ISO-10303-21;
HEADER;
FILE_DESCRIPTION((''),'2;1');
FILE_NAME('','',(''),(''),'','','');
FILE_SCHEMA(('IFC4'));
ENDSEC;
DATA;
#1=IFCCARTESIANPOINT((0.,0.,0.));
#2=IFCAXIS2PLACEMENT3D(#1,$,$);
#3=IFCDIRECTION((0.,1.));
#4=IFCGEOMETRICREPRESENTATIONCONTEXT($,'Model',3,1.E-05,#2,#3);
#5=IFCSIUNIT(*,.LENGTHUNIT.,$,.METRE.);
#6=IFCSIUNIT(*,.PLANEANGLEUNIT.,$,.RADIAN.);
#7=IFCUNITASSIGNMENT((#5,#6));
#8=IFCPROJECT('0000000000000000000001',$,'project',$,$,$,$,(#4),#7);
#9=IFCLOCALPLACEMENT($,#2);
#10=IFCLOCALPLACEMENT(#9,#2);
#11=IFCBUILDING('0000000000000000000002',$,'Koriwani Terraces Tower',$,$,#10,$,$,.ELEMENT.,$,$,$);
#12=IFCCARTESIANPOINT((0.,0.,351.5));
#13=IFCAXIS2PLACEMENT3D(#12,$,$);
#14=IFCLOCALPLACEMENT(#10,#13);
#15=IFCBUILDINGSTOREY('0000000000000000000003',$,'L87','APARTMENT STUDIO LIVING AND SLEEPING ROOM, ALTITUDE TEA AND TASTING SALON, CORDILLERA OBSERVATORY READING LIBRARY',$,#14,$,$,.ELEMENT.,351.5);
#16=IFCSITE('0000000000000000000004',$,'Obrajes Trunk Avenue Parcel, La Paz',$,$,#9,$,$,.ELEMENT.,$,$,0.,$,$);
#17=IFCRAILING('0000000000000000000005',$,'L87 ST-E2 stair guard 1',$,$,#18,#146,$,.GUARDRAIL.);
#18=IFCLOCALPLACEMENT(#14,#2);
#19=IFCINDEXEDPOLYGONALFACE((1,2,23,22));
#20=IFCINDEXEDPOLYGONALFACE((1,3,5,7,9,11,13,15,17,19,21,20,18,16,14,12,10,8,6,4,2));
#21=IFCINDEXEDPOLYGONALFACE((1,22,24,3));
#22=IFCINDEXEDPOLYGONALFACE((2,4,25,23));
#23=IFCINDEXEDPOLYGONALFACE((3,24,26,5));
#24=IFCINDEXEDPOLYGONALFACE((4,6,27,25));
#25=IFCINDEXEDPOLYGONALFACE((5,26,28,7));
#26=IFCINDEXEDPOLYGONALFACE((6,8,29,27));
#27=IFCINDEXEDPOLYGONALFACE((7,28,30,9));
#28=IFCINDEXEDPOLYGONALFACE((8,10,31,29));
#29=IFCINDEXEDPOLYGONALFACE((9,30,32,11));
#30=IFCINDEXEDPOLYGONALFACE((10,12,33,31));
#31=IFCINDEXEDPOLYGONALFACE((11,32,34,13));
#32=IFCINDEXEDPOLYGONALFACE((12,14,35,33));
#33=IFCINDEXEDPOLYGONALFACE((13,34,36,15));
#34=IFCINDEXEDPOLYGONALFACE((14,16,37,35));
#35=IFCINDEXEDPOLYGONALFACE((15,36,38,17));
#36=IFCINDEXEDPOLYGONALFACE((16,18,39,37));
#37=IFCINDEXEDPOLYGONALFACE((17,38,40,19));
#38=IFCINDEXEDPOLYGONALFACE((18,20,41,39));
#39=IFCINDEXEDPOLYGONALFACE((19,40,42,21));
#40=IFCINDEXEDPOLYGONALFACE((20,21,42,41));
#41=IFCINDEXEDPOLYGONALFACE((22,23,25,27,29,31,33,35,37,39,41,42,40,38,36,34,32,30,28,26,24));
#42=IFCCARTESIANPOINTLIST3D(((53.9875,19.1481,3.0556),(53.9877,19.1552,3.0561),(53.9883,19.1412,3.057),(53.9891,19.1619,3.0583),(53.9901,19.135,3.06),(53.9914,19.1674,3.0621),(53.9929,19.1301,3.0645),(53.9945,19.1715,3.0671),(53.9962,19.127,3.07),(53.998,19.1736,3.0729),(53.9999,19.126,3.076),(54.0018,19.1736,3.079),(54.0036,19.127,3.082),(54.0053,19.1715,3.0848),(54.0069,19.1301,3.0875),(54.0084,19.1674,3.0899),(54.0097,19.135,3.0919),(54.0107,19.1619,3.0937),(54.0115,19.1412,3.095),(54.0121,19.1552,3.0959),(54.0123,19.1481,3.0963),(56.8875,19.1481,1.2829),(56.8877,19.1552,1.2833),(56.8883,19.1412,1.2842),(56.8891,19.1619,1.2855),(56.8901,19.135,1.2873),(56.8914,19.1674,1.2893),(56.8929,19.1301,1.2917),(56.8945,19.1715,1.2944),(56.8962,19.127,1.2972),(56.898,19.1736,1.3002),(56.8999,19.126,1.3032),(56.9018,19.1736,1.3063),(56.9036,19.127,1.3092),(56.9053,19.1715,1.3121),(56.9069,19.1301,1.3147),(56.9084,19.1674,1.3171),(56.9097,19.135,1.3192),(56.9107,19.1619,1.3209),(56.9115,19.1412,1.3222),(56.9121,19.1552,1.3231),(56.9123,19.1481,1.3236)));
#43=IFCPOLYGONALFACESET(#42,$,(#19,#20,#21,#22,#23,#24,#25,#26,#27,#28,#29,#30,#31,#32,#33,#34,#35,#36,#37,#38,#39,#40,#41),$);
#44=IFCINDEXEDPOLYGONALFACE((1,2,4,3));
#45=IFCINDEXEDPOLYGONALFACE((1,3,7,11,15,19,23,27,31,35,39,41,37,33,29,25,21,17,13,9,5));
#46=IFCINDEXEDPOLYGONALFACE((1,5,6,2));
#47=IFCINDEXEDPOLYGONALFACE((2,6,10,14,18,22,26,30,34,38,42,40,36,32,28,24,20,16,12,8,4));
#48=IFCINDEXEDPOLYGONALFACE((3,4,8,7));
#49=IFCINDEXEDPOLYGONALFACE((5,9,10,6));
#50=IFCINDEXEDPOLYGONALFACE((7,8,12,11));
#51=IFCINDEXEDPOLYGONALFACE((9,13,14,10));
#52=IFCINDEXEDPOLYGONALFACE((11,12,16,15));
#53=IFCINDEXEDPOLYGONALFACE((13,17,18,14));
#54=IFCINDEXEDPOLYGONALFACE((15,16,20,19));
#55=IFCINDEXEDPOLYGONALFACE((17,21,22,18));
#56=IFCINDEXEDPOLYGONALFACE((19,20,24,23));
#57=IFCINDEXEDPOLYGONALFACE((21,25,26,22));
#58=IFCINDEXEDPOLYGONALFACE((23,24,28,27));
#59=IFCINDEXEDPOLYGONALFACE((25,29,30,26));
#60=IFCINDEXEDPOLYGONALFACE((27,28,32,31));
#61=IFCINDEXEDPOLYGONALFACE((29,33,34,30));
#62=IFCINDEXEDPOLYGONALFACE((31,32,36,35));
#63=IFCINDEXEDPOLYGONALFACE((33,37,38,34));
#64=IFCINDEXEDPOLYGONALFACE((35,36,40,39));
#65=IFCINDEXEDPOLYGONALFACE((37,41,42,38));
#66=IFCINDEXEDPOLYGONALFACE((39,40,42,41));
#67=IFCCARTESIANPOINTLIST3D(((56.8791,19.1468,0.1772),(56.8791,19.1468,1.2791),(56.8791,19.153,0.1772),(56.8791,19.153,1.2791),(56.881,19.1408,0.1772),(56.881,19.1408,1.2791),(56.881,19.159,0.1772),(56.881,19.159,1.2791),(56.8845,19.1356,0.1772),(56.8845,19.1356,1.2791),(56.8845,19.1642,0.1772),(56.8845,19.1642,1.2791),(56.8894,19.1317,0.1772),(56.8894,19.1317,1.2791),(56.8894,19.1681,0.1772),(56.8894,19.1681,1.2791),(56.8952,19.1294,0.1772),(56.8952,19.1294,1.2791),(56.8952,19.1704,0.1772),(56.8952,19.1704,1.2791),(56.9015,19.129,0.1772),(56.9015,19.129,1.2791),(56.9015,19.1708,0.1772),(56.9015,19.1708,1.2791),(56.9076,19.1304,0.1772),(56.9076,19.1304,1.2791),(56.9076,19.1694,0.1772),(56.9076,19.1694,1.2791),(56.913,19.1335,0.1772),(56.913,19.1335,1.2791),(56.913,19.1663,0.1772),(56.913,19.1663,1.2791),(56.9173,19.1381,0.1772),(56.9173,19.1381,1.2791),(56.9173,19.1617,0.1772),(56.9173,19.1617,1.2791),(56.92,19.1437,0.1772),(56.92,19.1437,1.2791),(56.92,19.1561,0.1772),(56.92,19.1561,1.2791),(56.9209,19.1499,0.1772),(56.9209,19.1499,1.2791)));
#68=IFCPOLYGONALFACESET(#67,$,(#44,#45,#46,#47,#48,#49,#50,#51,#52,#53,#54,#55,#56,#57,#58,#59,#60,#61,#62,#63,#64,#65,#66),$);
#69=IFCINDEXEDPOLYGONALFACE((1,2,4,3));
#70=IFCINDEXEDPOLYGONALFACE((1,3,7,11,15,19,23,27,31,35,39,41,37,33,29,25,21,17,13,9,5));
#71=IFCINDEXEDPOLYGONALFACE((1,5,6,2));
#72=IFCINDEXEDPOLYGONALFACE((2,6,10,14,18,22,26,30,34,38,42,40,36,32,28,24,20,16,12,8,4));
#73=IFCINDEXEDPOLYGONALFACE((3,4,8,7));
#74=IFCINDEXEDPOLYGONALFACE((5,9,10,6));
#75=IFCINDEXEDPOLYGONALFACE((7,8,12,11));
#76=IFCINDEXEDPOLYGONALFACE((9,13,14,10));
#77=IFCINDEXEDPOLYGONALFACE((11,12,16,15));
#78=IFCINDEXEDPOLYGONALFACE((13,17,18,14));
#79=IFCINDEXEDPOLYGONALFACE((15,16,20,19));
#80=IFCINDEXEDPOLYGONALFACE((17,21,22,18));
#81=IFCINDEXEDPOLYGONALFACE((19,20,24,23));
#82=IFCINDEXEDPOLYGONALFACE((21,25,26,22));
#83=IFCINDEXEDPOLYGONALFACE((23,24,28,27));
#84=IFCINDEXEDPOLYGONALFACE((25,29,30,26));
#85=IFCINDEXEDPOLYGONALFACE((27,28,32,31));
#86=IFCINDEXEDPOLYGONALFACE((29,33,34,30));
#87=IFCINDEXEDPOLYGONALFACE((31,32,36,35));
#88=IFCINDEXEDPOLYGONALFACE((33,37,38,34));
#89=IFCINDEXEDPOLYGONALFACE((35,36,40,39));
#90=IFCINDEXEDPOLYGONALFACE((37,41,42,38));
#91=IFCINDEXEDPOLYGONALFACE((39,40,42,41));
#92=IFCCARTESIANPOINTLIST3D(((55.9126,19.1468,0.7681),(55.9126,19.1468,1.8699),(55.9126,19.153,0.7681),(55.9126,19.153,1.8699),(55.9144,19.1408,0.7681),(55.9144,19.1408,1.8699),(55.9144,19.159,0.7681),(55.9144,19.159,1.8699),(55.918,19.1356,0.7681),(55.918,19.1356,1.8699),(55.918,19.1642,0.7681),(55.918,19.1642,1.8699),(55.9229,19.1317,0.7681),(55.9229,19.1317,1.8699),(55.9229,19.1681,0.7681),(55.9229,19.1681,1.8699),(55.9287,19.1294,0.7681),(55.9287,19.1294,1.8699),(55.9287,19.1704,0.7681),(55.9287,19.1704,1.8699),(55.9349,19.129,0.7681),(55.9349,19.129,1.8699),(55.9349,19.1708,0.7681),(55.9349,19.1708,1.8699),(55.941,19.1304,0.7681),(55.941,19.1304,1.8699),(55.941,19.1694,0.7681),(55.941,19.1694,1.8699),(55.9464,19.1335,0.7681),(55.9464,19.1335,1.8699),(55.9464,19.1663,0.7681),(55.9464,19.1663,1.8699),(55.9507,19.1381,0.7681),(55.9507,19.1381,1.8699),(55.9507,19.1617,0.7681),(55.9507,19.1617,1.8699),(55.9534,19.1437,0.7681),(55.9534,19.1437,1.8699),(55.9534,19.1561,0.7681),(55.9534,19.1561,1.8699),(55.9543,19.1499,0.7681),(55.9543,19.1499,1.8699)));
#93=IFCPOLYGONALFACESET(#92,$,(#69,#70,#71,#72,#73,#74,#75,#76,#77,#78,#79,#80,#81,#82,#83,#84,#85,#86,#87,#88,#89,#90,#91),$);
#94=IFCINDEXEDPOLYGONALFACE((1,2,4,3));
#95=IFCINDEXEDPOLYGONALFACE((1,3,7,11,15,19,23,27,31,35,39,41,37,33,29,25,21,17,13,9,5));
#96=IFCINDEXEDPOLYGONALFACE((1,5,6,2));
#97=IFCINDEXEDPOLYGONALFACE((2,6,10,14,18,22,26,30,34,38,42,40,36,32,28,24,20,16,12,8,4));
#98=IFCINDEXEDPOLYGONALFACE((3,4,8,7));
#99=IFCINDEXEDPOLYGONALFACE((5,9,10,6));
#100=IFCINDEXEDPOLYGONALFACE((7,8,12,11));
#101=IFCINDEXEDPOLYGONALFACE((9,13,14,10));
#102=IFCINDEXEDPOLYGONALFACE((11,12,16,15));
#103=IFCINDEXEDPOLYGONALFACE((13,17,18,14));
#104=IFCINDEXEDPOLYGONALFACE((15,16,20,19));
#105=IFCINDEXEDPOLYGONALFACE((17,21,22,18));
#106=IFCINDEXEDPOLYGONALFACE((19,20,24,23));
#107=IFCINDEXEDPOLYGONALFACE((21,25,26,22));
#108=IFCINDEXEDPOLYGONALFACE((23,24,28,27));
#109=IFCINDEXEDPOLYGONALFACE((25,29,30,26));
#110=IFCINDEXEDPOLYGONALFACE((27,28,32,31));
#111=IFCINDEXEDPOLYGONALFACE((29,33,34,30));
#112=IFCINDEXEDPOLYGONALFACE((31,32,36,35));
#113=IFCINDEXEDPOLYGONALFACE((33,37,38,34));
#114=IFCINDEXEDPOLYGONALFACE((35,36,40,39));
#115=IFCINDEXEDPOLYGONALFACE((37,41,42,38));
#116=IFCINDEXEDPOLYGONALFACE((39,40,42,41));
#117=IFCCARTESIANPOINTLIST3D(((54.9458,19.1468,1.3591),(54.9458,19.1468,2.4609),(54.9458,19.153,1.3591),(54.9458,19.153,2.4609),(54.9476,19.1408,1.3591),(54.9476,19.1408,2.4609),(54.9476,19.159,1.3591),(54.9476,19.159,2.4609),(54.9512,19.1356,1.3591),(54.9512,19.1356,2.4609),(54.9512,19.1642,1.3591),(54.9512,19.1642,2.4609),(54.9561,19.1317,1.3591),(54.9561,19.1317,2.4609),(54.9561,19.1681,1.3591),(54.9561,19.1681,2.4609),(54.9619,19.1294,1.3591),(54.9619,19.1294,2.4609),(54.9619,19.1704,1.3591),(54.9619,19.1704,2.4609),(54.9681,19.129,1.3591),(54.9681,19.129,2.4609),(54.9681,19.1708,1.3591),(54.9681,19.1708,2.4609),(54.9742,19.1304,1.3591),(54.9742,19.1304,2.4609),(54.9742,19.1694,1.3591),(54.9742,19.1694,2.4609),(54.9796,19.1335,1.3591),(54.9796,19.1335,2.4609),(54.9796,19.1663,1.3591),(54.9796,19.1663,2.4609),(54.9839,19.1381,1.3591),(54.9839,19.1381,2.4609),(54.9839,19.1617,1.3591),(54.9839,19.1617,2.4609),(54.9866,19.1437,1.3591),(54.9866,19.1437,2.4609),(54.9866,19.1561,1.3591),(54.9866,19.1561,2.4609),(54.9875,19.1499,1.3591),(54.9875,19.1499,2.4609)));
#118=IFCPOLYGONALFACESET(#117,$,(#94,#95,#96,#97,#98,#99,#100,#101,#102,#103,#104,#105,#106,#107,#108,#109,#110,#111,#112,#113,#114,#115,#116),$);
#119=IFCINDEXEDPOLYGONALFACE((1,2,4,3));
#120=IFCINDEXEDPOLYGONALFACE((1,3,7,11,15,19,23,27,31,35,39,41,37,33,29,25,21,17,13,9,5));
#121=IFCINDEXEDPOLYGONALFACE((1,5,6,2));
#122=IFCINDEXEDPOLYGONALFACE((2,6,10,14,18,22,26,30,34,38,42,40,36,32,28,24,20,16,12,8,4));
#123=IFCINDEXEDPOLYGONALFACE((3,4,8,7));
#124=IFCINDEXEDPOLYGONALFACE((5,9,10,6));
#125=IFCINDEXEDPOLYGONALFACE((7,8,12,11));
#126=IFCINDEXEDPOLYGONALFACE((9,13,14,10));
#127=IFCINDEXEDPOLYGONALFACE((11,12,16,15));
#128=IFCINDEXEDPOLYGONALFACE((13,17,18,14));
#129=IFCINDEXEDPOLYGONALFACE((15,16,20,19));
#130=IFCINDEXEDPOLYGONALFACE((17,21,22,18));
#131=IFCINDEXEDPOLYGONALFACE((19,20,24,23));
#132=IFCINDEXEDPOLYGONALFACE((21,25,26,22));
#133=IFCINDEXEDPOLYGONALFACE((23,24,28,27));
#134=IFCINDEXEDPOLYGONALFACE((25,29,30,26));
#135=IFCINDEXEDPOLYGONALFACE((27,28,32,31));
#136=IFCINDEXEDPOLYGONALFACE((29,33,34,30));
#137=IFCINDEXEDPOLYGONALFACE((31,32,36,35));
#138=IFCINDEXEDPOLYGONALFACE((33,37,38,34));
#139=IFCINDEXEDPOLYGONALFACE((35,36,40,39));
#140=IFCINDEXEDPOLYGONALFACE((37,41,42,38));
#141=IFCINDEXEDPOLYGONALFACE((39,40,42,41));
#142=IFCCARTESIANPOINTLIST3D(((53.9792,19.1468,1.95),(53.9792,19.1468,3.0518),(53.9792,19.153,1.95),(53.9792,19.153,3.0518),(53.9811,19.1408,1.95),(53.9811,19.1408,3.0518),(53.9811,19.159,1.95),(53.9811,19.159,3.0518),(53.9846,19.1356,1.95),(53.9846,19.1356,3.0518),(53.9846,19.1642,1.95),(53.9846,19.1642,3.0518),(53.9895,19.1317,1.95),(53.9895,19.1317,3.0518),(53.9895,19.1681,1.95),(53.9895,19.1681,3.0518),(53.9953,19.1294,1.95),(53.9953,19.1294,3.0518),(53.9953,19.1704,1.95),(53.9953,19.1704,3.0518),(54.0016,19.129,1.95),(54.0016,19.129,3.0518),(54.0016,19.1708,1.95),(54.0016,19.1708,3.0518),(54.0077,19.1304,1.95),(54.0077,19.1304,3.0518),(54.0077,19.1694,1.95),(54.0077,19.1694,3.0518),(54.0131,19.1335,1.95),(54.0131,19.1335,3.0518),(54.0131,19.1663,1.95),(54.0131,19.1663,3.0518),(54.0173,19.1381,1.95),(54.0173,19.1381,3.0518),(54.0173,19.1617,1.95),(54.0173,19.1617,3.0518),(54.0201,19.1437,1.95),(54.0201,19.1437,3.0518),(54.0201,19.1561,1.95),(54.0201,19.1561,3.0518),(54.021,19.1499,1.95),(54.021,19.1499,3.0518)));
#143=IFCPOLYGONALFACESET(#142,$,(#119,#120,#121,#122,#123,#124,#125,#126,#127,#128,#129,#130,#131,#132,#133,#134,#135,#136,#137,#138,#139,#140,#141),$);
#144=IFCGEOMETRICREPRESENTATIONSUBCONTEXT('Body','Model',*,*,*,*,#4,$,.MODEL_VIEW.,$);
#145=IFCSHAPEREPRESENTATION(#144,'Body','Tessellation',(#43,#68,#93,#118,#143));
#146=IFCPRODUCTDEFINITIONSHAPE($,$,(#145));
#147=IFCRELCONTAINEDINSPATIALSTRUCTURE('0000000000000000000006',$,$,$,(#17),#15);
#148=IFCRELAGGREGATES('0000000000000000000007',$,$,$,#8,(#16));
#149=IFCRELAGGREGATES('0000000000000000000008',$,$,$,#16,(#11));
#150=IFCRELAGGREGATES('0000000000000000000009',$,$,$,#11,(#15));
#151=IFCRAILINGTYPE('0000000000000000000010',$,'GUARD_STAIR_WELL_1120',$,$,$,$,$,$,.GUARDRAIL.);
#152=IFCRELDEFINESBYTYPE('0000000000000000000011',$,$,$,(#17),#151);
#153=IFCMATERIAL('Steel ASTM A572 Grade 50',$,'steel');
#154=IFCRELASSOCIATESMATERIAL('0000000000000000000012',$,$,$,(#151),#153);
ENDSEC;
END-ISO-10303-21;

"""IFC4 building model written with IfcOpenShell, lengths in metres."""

from ifc_helpers import new_model, si_unit, direction, frame, origin, origin_2d, place, context, subcontext, project, spatial, circle, extrude, material, type_object, element, save


model = new_model("IFC4")

# Units and contexts
model_context = context("Model", 3, precision=1e-05, world=origin(), true_north=direction((0.0, 1.0)))
body_context = subcontext(model_context, "Body", "Model", "MODEL_VIEW")
ifc_project = project(units=[si_unit("LENGTHUNIT", "METRE"), si_unit("PLANEANGLEUNIT", "RADIAN")], contexts=[model_context])

# Site, building, storey
site_placement = place(None, origin())
site = spatial("IfcSite", under=ifc_project, at=site_placement, Name="Obrajes Trunk Avenue Parcel, La Paz", CompositionType="ELEMENT", RefElevation=0.0)
building_placement = place(site_placement, origin())
building = spatial("IfcBuilding", under=site, at=building_placement, Name="Koriwani Terraces Tower", CompositionType="ELEMENT")
storey_placement = place(building_placement, frame((0.0, 0.0, 351.5)))
storey = spatial("IfcBuildingStorey", under=building, at=storey_placement, Name="L87", Description="APARTMENT STUDIO LIVING AND SLEEPING ROOM, ALTITUDE TEA AND TASTING SALON, CORDILLERA OBSERVATORY READING LIBRARY", CompositionType="ELEMENT", Elevation=351.5)

# Shared definitions
ifc_material_1 = material(Name="Steel ASTM A572 Grade 50", Category="steel")

# Railing
railing_type_1 = type_object("IfcRailingType", Name="GUARD_STAIR_WELL_1120", PredefinedType="GUARDRAIL", material=ifc_material_1)
railing_1_placement = place(storey_placement, frame((56.8999, 19.1499, 0.1772)))
element("IfcRailing", 1, at=railing_1_placement, inside=storey, type_object=railing_type_1, Name="L87 ST-E2 stair guard 1", PredefinedType="GUARDRAIL", context=body_context, shape_type="SweptSolid", body=[
    extrude(circle(Radius=0.0239, at=origin_2d()), frame((0.0, 0.0, 1.126), z_axis=(-0.853211, 0.0, 0.521566), x_axis=(0.0, -1.0, 0.0)), (0.0, 0.0, 1.0), 3.3989),
    extrude(circle(Radius=0.021, at=origin_2d()), origin(), (0.0, 0.0, 1.0), 1.1018),
    extrude(circle(Radius=0.021, at=origin_2d()), frame((-0.9666, 0.0, 0.5908)), (0.0, 0.0, 1.0), 1.1018),
    extrude(circle(Radius=0.021, at=origin_2d()), frame((-1.9333, 0.0, 1.1819)), (0.0, 0.0, 1.0), 1.1018),
    extrude(circle(Radius=0.021, at=origin_2d()), frame((-2.8999, 0.0, 1.7727)), (0.0, 0.0, 1.0), 1.1018),
])

save(model, "model.ifc")
